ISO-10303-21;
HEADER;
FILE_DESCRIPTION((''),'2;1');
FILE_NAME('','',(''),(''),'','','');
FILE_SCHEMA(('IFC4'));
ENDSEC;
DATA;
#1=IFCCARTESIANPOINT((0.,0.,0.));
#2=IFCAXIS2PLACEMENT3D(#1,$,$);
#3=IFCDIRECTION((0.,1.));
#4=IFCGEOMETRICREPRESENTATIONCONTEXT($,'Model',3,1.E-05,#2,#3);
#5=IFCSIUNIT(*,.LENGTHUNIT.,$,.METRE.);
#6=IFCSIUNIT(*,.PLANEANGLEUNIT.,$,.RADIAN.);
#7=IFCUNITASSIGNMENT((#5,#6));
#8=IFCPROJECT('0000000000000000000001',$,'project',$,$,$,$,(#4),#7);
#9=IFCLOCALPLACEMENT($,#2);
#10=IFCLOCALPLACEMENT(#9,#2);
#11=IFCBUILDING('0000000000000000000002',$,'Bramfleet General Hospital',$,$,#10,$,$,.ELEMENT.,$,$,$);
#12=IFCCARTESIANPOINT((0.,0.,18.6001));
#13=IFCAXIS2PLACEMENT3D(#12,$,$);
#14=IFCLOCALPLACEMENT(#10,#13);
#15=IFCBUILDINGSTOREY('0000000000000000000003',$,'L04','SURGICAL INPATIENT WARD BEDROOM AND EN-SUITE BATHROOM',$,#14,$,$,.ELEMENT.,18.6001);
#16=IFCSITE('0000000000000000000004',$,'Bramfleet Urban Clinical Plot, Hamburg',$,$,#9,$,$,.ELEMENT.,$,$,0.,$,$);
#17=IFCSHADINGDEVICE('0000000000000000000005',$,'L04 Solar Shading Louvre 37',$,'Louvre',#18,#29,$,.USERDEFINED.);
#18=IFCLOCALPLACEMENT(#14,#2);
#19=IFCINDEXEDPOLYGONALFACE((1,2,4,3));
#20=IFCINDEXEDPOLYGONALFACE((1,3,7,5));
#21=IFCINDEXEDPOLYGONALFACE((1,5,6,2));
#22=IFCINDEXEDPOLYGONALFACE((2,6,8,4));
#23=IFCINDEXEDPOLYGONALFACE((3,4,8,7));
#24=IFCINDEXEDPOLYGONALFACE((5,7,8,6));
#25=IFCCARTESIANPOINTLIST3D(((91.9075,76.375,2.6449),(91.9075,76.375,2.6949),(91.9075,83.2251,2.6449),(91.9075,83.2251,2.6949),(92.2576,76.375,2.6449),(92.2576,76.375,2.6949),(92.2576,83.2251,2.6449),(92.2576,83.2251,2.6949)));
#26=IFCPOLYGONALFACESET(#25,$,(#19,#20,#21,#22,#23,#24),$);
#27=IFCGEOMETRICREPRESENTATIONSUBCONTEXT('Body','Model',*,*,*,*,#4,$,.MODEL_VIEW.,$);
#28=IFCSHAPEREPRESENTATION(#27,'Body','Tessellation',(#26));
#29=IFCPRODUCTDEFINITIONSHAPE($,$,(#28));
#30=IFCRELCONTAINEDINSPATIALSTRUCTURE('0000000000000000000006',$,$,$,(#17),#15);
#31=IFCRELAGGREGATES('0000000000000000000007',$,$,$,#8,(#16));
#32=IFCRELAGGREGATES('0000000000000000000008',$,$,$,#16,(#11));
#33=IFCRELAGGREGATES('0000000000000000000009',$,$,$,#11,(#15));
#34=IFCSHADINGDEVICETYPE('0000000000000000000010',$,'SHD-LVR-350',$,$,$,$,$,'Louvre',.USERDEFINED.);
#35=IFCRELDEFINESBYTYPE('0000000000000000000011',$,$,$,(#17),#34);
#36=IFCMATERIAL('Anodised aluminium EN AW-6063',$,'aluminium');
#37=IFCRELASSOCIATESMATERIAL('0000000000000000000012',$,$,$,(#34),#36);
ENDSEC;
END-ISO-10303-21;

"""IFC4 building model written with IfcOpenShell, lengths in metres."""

from ifc_helpers import new_model, si_unit, direction, frame, origin, origin_2d, place, context, subcontext, project, spatial, rectangle, extrude, material, material_profile, profile_set, type_object, element, save


model = new_model("IFC4")

# Units and contexts
model_context = context("Model", 3, precision=1e-05, world=origin(), true_north=direction((0.0, 1.0)))
body_context = subcontext(model_context, "Body", "Model", "MODEL_VIEW")
ifc_project = project(units=[si_unit("LENGTHUNIT", "METRE"), si_unit("PLANEANGLEUNIT", "RADIAN")], contexts=[model_context])

# Site, building, storey
site_placement = place(None, origin())
site = spatial("IfcSite", under=ifc_project, at=site_placement, Name="Bramfleet Urban Clinical Plot, Hamburg", CompositionType="ELEMENT", RefElevation=0.0)
building_placement = place(site_placement, origin())
building = spatial("IfcBuilding", under=site, at=building_placement, Name="Bramfleet General Hospital", CompositionType="ELEMENT")
storey_placement = place(building_placement, frame((0.0, 0.0, 18.6001)))
storey = spatial("IfcBuildingStorey", under=building, at=storey_placement, Name="L04", Description="SURGICAL INPATIENT WARD BEDROOM AND EN-SUITE BATHROOM", CompositionType="ELEMENT", Elevation=18.6001)

# Shading device
ifc_material_1 = material(Name="Anodised aluminium EN AW-6063", Category="aluminium")
ifc_material_profile = material_profile(ifc_material_1, rectangle(XDim=0.05, YDim=0.3501, at=origin_2d()), Name="ALU LOUVRE 350x50")
ifc_profile_set = profile_set([ifc_material_profile], Name="Anodised aluminium EN AW-6063")
shading_device_type = type_object("IfcShadingDeviceType", Name="SHD-LVR-350", ElementType="Louvre", PredefinedType="USERDEFINED", material=ifc_profile_set)
shading_device_1_placement = place(storey_placement, frame((92.0825, 76.375, 2.6699), z_axis=(0.0, 1.0, 0.0), x_axis=(0.0, 0.0, 1.0)))
element("IfcShadingDevice", 1, at=shading_device_1_placement, inside=storey, type_object=shading_device_type, Name="L04 Solar Shading Louvre 37", ObjectType="Louvre", PredefinedType="USERDEFINED", context=body_context, shape_type="SweptSolid", body=[
    extrude(rectangle(XDim=0.05, YDim=0.3501, at=origin_2d()), origin(), (0.0, 0.0, 1.0), 6.8501),
])

save(model, "model.ifc")
